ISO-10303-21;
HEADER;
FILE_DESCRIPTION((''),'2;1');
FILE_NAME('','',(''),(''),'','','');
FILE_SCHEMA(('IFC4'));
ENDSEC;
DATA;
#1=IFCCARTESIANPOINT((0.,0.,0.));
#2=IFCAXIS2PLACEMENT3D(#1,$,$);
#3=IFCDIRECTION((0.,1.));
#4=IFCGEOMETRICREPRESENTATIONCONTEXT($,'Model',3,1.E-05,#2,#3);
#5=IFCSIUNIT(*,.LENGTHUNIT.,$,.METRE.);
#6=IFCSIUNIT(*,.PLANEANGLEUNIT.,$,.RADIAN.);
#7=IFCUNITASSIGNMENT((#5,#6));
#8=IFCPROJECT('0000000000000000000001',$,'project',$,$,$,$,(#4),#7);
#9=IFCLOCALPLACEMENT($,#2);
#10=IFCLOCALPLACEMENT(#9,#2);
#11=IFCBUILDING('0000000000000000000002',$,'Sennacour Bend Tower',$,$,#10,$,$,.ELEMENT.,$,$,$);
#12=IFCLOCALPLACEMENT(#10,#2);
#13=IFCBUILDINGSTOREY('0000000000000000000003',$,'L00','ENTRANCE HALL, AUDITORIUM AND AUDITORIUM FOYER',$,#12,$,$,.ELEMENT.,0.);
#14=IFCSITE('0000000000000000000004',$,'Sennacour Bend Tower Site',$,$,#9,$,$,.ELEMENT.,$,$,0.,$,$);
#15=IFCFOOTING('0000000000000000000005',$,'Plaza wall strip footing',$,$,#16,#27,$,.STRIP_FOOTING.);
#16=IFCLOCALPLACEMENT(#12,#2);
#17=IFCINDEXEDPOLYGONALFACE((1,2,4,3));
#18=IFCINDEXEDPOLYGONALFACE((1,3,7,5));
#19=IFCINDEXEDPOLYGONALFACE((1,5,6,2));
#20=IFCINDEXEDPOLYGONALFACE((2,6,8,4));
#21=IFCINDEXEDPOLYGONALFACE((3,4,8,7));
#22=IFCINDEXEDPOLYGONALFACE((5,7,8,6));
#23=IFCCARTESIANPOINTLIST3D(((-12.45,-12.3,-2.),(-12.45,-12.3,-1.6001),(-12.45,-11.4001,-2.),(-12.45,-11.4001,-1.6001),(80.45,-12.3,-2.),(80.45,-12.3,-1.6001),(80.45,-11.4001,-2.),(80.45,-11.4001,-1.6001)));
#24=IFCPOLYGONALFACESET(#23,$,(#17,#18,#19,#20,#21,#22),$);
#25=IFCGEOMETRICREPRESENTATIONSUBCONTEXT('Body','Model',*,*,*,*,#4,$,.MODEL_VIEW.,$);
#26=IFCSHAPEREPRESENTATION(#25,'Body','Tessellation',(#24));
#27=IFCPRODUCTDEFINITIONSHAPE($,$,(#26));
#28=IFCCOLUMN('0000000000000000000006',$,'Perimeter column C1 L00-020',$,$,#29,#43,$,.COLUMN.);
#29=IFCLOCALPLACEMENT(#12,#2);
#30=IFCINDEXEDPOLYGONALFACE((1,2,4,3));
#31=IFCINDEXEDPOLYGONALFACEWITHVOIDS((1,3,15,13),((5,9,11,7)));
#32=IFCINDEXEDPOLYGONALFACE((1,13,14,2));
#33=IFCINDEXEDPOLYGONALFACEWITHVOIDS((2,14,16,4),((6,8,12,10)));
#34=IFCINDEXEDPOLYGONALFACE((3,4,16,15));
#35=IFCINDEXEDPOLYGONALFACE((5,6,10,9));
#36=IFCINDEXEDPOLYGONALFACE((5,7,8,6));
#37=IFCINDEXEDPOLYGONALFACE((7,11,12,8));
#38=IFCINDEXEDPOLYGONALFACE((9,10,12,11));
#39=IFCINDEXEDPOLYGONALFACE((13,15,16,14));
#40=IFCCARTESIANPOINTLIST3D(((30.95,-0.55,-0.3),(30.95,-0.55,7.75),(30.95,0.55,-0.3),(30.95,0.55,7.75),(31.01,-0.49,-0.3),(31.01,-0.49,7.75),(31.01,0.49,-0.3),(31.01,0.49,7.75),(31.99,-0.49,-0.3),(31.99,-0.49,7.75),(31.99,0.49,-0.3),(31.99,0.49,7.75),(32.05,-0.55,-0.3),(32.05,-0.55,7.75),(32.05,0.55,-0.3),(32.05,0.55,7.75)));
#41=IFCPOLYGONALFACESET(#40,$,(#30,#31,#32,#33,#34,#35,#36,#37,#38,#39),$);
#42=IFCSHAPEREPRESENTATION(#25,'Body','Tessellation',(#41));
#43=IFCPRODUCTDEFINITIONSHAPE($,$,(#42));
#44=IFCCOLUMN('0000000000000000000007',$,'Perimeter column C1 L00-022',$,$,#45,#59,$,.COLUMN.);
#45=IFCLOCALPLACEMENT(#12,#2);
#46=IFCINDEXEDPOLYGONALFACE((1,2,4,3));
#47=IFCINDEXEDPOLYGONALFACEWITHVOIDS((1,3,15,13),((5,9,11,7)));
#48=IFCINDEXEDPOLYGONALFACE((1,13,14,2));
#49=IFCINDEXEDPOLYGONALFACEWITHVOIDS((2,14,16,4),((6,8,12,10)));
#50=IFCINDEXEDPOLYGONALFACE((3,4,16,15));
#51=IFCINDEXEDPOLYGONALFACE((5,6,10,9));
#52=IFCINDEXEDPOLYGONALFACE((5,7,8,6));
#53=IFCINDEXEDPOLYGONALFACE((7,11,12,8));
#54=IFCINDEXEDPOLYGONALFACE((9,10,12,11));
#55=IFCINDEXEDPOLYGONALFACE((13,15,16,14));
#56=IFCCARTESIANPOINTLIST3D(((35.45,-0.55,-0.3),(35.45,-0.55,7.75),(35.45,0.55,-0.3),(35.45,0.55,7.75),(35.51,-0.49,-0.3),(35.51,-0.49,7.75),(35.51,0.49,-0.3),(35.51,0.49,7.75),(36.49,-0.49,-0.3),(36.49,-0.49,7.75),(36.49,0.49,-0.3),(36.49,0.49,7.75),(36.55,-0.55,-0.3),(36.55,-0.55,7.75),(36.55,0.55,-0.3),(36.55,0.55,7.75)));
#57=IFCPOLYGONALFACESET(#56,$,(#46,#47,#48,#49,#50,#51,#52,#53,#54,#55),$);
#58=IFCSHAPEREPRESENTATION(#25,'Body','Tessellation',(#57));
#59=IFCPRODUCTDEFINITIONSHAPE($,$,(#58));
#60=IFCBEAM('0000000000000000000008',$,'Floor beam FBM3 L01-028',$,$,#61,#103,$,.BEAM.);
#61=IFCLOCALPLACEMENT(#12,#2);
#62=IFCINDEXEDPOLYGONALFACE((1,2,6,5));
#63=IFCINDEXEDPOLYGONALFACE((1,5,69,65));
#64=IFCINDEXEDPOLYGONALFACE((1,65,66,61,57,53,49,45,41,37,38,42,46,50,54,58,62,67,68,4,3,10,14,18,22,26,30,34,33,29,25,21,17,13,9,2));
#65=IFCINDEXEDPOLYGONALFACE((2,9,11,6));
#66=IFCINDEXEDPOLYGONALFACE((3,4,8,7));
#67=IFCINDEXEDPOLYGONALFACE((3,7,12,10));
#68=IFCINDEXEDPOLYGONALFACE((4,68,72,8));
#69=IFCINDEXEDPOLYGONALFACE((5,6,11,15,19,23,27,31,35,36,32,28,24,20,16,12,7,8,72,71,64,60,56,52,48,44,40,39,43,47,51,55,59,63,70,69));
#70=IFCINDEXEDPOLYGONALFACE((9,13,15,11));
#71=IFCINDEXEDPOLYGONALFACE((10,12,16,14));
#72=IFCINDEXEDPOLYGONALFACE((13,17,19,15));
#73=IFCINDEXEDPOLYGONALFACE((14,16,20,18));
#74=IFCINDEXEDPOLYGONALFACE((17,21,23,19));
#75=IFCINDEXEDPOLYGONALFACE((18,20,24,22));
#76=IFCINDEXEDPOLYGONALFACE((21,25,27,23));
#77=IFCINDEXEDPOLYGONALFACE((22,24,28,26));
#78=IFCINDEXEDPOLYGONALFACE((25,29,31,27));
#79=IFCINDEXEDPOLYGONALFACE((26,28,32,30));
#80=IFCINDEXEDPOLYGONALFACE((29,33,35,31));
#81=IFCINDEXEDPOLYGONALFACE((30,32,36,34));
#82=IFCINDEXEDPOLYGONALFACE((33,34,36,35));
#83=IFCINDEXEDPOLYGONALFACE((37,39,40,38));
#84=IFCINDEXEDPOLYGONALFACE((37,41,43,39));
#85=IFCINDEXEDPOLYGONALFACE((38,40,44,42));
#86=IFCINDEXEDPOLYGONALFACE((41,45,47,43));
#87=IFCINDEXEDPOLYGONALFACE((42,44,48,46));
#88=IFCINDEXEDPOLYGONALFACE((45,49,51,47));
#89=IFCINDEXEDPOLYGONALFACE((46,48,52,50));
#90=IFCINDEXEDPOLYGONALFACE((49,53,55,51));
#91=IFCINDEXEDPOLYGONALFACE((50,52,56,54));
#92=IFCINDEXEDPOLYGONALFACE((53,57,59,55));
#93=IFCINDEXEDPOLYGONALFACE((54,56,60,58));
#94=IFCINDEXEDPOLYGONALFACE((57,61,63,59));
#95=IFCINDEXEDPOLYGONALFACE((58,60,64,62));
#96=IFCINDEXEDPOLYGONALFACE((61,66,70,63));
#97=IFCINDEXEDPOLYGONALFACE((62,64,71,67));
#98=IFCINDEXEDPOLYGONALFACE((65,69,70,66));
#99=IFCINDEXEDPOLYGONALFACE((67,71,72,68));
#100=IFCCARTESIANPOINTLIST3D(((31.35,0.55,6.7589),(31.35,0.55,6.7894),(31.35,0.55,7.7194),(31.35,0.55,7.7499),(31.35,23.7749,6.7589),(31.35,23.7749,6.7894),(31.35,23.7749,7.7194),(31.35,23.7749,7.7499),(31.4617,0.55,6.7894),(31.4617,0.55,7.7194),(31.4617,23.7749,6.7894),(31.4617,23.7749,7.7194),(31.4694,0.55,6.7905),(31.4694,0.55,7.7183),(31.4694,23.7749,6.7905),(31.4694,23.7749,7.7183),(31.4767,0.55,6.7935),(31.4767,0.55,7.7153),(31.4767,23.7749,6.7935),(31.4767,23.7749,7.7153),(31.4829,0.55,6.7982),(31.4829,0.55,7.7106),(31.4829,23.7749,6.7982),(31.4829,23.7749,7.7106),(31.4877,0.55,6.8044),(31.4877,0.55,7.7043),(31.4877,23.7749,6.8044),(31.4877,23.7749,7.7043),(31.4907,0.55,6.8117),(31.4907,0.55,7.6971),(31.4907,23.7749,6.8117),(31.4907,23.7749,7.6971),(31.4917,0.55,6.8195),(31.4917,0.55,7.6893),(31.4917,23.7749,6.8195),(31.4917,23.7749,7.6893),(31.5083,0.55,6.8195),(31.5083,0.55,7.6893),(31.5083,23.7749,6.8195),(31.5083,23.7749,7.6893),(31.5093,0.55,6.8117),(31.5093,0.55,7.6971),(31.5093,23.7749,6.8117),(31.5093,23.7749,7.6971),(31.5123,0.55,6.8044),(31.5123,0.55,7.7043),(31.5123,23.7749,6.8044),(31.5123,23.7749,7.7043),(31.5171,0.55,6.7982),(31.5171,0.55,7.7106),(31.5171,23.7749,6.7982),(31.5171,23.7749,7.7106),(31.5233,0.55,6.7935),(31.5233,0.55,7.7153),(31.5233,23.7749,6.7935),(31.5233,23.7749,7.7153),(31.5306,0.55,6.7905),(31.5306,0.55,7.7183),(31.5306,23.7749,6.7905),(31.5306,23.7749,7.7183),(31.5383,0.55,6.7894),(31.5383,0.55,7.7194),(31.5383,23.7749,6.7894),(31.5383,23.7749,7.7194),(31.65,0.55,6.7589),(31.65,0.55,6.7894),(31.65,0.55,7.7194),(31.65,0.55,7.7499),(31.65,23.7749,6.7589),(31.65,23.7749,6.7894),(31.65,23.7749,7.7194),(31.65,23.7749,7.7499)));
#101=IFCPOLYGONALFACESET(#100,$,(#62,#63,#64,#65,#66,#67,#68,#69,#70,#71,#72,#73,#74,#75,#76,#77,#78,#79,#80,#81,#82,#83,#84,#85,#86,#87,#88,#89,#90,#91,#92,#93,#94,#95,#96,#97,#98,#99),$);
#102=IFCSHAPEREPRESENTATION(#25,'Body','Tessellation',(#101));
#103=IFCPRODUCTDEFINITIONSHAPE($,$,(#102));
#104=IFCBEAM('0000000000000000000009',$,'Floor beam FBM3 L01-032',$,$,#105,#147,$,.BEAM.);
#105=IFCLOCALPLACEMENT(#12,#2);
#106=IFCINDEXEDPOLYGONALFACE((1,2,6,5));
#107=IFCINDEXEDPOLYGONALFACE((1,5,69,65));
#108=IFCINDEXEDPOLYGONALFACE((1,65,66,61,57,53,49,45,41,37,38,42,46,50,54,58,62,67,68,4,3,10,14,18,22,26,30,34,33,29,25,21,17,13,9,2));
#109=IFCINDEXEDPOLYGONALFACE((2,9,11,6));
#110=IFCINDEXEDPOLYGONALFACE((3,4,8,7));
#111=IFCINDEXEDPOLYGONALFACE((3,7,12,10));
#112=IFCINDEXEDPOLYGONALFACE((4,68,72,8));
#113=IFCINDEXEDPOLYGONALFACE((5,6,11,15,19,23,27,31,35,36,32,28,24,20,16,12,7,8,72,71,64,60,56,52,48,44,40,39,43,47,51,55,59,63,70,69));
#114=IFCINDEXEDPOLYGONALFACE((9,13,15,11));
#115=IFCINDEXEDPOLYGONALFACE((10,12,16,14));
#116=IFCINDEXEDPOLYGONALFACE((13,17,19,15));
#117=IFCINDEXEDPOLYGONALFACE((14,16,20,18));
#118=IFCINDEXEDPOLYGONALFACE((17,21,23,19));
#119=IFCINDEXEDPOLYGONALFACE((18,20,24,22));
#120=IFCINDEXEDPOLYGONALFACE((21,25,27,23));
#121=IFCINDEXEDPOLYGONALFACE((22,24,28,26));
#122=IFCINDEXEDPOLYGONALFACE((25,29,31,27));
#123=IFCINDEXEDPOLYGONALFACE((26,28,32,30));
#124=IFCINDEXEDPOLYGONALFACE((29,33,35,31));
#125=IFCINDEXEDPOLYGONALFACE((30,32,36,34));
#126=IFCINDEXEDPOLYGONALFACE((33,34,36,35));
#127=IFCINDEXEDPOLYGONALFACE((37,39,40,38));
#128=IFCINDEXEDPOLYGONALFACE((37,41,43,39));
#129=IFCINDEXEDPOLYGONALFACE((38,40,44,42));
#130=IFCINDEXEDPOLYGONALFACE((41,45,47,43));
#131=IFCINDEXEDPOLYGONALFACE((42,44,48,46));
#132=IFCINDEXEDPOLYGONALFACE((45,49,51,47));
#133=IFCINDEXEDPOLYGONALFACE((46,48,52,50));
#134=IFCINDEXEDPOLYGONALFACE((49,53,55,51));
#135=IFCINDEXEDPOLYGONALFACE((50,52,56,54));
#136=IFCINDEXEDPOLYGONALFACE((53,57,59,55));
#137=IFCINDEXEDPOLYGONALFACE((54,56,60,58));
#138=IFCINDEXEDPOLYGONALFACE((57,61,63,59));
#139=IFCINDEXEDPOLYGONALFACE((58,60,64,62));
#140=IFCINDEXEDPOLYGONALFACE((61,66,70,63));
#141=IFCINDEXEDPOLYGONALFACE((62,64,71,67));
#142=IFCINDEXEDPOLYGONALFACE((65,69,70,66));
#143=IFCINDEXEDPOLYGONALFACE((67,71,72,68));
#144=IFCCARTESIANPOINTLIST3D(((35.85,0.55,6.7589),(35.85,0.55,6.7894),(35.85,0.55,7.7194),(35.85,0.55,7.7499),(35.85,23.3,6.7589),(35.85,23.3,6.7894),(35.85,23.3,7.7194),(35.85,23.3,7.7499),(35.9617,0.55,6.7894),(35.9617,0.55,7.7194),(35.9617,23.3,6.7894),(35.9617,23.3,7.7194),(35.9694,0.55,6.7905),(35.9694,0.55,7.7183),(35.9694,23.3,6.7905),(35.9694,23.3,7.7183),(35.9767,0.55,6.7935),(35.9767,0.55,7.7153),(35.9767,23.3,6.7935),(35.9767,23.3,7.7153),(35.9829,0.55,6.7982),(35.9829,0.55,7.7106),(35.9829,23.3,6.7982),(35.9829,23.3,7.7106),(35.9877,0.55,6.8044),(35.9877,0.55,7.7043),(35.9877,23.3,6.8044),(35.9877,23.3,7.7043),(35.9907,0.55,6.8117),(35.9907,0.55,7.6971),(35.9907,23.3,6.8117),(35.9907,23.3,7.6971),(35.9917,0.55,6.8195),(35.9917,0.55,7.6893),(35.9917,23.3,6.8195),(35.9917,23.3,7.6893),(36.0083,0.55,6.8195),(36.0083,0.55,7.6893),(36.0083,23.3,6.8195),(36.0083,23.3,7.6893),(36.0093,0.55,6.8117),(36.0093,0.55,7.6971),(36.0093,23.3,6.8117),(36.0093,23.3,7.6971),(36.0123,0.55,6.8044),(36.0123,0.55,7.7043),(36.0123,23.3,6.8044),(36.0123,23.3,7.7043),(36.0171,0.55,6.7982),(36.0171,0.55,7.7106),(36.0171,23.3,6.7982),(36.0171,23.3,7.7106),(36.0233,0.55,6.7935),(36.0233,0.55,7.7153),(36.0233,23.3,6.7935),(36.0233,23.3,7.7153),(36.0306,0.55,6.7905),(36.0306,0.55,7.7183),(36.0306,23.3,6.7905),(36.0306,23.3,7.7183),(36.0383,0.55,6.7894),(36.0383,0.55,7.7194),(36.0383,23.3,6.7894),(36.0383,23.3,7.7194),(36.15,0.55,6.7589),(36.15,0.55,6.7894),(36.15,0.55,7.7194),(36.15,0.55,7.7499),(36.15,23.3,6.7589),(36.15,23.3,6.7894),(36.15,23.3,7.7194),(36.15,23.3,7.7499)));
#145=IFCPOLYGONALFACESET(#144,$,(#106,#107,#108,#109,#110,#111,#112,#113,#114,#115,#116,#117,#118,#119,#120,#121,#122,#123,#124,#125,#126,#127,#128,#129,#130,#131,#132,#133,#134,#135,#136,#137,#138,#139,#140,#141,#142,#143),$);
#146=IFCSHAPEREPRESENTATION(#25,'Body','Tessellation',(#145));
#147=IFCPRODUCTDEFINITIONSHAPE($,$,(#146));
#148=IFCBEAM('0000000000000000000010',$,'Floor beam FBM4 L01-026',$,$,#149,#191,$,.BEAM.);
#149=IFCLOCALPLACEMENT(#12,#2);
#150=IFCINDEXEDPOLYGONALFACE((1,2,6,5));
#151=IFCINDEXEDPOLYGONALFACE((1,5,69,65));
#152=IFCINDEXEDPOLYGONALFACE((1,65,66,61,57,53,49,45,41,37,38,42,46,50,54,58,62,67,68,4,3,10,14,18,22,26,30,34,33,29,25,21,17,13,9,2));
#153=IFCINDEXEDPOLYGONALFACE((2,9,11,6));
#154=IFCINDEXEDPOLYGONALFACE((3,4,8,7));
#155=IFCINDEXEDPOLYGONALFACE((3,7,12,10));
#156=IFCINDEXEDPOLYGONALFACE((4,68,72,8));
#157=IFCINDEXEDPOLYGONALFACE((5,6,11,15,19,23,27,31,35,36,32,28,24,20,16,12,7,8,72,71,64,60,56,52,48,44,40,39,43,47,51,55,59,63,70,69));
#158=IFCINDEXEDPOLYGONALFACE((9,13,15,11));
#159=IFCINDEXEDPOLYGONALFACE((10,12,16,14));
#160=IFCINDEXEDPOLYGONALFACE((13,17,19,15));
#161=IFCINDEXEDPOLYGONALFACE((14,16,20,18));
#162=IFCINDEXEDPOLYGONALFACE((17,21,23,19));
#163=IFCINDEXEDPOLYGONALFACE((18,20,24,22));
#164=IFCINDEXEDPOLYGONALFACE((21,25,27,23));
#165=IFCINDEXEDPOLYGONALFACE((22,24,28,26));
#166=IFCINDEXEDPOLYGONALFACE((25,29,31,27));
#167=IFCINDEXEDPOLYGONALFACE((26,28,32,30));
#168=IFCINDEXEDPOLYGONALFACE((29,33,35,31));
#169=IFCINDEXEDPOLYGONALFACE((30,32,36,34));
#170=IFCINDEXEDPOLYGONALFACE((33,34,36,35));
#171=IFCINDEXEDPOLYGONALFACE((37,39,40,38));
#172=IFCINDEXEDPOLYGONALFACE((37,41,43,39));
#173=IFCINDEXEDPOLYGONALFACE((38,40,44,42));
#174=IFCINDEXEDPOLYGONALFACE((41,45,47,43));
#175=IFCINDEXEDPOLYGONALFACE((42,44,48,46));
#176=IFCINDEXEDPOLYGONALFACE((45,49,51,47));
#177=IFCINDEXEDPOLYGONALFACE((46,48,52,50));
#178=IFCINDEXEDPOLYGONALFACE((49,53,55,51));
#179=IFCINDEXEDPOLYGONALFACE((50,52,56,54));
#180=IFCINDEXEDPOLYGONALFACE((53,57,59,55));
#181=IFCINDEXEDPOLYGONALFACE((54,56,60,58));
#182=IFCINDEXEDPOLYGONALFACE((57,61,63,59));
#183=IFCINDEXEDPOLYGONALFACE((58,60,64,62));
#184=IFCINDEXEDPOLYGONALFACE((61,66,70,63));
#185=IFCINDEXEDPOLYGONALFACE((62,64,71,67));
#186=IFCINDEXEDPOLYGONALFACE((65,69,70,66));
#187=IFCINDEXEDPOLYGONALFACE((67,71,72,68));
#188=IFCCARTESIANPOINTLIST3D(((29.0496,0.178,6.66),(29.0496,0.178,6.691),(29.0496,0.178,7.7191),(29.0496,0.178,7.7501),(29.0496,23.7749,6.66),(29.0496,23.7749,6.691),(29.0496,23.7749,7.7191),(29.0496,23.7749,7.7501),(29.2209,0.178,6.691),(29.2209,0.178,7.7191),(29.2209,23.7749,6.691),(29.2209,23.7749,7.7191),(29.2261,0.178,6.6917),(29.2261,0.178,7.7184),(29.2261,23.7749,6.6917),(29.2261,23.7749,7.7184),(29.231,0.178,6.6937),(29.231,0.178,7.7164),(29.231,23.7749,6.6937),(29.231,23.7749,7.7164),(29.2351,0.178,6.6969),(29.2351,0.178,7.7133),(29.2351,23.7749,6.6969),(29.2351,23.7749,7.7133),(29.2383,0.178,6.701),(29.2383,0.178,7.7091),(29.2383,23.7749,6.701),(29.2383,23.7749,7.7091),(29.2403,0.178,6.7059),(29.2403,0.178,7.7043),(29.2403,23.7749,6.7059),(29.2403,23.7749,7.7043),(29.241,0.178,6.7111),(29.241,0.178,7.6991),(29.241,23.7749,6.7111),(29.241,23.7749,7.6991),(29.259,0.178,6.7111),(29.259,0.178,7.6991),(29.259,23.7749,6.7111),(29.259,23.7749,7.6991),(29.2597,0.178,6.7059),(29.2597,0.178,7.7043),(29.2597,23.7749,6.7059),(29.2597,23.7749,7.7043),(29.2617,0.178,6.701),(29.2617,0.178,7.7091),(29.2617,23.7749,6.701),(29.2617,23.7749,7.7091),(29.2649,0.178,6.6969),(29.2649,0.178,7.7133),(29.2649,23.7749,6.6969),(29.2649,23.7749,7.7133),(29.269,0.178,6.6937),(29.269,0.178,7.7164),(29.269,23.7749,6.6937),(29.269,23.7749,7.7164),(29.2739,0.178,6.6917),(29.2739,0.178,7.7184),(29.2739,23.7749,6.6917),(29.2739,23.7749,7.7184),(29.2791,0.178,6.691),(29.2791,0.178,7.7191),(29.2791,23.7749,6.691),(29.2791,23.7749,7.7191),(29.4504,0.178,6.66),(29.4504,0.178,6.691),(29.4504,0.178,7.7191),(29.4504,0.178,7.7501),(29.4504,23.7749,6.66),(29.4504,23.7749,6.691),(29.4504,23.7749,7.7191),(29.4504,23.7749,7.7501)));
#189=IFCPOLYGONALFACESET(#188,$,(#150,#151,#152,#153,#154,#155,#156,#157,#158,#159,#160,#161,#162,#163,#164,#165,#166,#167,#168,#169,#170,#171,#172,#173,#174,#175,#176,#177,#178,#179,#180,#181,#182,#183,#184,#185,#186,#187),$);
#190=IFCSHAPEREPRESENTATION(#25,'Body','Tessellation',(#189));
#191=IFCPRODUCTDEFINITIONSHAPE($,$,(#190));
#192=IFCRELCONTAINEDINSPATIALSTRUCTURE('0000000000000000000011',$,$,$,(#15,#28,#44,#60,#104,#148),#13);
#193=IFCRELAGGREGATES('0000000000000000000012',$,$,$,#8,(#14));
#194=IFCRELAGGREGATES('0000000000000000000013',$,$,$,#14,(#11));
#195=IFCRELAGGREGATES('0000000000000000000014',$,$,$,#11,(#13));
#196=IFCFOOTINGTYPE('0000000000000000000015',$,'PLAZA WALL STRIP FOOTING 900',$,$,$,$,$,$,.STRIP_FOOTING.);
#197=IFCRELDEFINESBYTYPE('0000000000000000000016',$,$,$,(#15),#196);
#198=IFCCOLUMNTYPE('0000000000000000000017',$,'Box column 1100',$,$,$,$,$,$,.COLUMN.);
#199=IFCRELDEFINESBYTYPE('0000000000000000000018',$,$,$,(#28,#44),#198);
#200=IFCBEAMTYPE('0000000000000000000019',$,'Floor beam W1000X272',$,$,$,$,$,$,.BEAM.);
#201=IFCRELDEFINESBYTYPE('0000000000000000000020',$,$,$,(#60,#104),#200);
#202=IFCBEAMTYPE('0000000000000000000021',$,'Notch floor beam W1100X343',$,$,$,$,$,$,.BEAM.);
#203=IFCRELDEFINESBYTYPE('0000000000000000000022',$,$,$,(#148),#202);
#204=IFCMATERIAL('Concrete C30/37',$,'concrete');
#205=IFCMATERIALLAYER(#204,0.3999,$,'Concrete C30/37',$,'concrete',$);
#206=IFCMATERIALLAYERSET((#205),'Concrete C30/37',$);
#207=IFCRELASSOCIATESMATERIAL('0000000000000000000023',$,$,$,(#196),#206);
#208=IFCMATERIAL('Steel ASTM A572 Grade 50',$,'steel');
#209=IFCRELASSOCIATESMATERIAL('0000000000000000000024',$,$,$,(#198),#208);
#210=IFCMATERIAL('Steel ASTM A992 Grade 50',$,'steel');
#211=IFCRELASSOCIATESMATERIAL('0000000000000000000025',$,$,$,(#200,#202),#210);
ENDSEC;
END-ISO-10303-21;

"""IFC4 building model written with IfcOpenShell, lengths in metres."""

from ifc_helpers import new_model, si_unit, direction, frame, origin, origin_2d, place, context, subcontext, project, spatial, rectangle, hollow_rectangle, i_section, extrude, material, layer, layer_set, material_profile, profile_set, type_object, element, save


model = new_model("IFC4")

# Units and contexts
model_context = context("Model", 3, precision=1e-05, world=origin(), true_north=direction((0.0, 1.0)))
body_context = subcontext(model_context, "Body", "Model", "MODEL_VIEW")
ifc_project = project(units=[si_unit("LENGTHUNIT", "METRE"), si_unit("PLANEANGLEUNIT", "RADIAN")], contexts=[model_context])

# Site, building, storey
site_placement = place(None, origin())
site = spatial("IfcSite", under=ifc_project, at=site_placement, Name="Sennacour Bend Tower Site", CompositionType="ELEMENT", RefElevation=0.0)
building_placement = place(site_placement, origin())
building = spatial("IfcBuilding", under=site, at=building_placement, Name="Sennacour Bend Tower", CompositionType="ELEMENT")
storey_placement = place(building_placement, origin())
storey = spatial("IfcBuildingStorey", under=building, at=storey_placement, Name="L00", Description="ENTRANCE HALL, AUDITORIUM AND AUDITORIUM FOYER", CompositionType="ELEMENT", Elevation=0.0)

# Footing
ifc_material_1 = material(Name="Concrete C30/37", Category="concrete")
ifc_layer_1 = layer(ifc_material_1, 0.3999, Name="Concrete C30/37", Category="concrete")
ifc_layer_set_1 = layer_set([ifc_layer_1], Name="Concrete C30/37")
footing_type = type_object("IfcFootingType", Name="PLAZA WALL STRIP FOOTING 900", PredefinedType="STRIP_FOOTING", material=ifc_layer_set_1)
footing_placement = place(storey_placement, frame((34.0, -11.8501, -2.0), z_axis=(0.0, 0.0, 1.0), x_axis=(1.0, 0.0, 0.0)))
element("IfcFooting", 1, at=footing_placement, inside=storey, type_object=footing_type, Name="Plaza wall strip footing", PredefinedType="STRIP_FOOTING", context=body_context, shape_type="SweptSolid", body=[
    extrude(rectangle(XDim=92.8999, YDim=0.8999, at=origin_2d()), origin(), (0.0, 0.0, 1.0), 0.3999),
])

# Columns
ifc_material_2 = material(Name="Steel ASTM A572 Grade 50", Category="steel")
ifc_material_profile_1 = material_profile(ifc_material_2, hollow_rectangle(XDim=1.1001, YDim=1.1001, WallThickness=0.0601, at=origin_2d()), Name="Steel ASTM A572 Grade 50", Category="steel")
ifc_profile_set_1 = profile_set([ifc_material_profile_1], Name="Steel ASTM A572 Grade 50")
column_type = type_object("IfcColumnType", Name="Box column 1100", PredefinedType="COLUMN", material=ifc_profile_set_1)
for number, where, z_axis, x_axis, name in (
    (2, (31.5, 0.0, -0.3), (0.0, 0.0, 1.0), (1.0, 0.0, 0.0), "Perimeter column C1 L00-020"),
    (3, (36.0, 0.0, -0.3), (0.0, 0.0, 1.0), (1.0, 0.0, 0.0), "Perimeter column C1 L00-022"),
):
    element("IfcColumn", number, at=place(storey_placement, frame(where, z_axis=z_axis, x_axis=x_axis)), inside=storey, type_object=column_type, Name=name, PredefinedType="COLUMN", context=body_context, shape_type="SweptSolid", body=[
        extrude(hollow_rectangle(XDim=1.1001, YDim=1.1001, WallThickness=0.0601, at=origin_2d()), origin(), (0.0, 0.0, 1.0), 8.05),
    ])

# Beams
ifc_material_3 = material(Name="Steel ASTM A992 Grade 50", Category="steel")
ifc_material_profile_2 = material_profile(ifc_material_3, i_section(OverallWidth=0.3, OverallDepth=0.991, WebThickness=0.0166, FlangeThickness=0.0305, FilletRadius=0.03, at=origin_2d()), Name="Steel ASTM A992 Grade 50", Category="steel")
ifc_profile_set_2 = profile_set([ifc_material_profile_2], Name="Steel ASTM A992 Grade 50")
beam_type_1 = type_object("IfcBeamType", Name="Floor beam W1000X272", PredefinedType="BEAM", material=ifc_profile_set_2)
beam_1_placement = place(storey_placement, frame((31.5, 0.55, 7.2544), z_axis=(0.0, 1.0, 0.0), x_axis=(-1.0, 0.0, 0.0)))
element("IfcBeam", 4, at=beam_1_placement, inside=storey, type_object=beam_type_1, Name="Floor beam FBM3 L01-028", PredefinedType="BEAM", context=body_context, shape_type="SweptSolid", body=[
    extrude(i_section(OverallWidth=0.3, OverallDepth=0.991, WebThickness=0.0166, FlangeThickness=0.0305, FilletRadius=0.03, at=origin_2d()), origin(), (0.0, 0.0, 1.0), 23.2249),
])
beam_2_placement = place(storey_placement, frame((36.0, 0.55, 7.2544), z_axis=(0.0, 1.0, 0.0), x_axis=(-1.0, 0.0, 0.0)))
element("IfcBeam", 5, at=beam_2_placement, inside=storey, type_object=beam_type_1, Name="Floor beam FBM3 L01-032", PredefinedType="BEAM", context=body_context, shape_type="SweptSolid", body=[
    extrude(i_section(OverallWidth=0.3, OverallDepth=0.991, WebThickness=0.0166, FlangeThickness=0.0305, FilletRadius=0.03, at=origin_2d()), origin(), (0.0, 0.0, 1.0), 22.75),
])
ifc_material_profile_3 = material_profile(ifc_material_3, i_section(OverallWidth=0.4009, OverallDepth=1.0901, WebThickness=0.0181, FlangeThickness=0.031, FilletRadius=0.02, at=origin_2d()), Name="Steel ASTM A992 Grade 50", Category="steel")
ifc_profile_set_3 = profile_set([ifc_material_profile_3], Name="Steel ASTM A992 Grade 50")
beam_type_2 = type_object("IfcBeamType", Name="Notch floor beam W1100X343", PredefinedType="BEAM", material=ifc_profile_set_3)
for number, where, z_axis, x_axis, name in (
    (6, (29.25, 0.178, 7.2051), (0.0, 1.0, 0.0), (-1.0, 0.0, 0.0), "Floor beam FBM4 L01-026"),
):
    element("IfcBeam", number, at=place(storey_placement, frame(where, z_axis=z_axis, x_axis=x_axis)), inside=storey, type_object=beam_type_2, Name=name, PredefinedType="BEAM", context=body_context, shape_type="SweptSolid", body=[
        extrude(i_section(OverallWidth=0.4009, OverallDepth=1.0901, WebThickness=0.0181, FlangeThickness=0.031, FilletRadius=0.02, at=origin_2d()), origin(), (0.0, 0.0, 1.0), 23.5969),
    ])

save(model, "model.ifc")
